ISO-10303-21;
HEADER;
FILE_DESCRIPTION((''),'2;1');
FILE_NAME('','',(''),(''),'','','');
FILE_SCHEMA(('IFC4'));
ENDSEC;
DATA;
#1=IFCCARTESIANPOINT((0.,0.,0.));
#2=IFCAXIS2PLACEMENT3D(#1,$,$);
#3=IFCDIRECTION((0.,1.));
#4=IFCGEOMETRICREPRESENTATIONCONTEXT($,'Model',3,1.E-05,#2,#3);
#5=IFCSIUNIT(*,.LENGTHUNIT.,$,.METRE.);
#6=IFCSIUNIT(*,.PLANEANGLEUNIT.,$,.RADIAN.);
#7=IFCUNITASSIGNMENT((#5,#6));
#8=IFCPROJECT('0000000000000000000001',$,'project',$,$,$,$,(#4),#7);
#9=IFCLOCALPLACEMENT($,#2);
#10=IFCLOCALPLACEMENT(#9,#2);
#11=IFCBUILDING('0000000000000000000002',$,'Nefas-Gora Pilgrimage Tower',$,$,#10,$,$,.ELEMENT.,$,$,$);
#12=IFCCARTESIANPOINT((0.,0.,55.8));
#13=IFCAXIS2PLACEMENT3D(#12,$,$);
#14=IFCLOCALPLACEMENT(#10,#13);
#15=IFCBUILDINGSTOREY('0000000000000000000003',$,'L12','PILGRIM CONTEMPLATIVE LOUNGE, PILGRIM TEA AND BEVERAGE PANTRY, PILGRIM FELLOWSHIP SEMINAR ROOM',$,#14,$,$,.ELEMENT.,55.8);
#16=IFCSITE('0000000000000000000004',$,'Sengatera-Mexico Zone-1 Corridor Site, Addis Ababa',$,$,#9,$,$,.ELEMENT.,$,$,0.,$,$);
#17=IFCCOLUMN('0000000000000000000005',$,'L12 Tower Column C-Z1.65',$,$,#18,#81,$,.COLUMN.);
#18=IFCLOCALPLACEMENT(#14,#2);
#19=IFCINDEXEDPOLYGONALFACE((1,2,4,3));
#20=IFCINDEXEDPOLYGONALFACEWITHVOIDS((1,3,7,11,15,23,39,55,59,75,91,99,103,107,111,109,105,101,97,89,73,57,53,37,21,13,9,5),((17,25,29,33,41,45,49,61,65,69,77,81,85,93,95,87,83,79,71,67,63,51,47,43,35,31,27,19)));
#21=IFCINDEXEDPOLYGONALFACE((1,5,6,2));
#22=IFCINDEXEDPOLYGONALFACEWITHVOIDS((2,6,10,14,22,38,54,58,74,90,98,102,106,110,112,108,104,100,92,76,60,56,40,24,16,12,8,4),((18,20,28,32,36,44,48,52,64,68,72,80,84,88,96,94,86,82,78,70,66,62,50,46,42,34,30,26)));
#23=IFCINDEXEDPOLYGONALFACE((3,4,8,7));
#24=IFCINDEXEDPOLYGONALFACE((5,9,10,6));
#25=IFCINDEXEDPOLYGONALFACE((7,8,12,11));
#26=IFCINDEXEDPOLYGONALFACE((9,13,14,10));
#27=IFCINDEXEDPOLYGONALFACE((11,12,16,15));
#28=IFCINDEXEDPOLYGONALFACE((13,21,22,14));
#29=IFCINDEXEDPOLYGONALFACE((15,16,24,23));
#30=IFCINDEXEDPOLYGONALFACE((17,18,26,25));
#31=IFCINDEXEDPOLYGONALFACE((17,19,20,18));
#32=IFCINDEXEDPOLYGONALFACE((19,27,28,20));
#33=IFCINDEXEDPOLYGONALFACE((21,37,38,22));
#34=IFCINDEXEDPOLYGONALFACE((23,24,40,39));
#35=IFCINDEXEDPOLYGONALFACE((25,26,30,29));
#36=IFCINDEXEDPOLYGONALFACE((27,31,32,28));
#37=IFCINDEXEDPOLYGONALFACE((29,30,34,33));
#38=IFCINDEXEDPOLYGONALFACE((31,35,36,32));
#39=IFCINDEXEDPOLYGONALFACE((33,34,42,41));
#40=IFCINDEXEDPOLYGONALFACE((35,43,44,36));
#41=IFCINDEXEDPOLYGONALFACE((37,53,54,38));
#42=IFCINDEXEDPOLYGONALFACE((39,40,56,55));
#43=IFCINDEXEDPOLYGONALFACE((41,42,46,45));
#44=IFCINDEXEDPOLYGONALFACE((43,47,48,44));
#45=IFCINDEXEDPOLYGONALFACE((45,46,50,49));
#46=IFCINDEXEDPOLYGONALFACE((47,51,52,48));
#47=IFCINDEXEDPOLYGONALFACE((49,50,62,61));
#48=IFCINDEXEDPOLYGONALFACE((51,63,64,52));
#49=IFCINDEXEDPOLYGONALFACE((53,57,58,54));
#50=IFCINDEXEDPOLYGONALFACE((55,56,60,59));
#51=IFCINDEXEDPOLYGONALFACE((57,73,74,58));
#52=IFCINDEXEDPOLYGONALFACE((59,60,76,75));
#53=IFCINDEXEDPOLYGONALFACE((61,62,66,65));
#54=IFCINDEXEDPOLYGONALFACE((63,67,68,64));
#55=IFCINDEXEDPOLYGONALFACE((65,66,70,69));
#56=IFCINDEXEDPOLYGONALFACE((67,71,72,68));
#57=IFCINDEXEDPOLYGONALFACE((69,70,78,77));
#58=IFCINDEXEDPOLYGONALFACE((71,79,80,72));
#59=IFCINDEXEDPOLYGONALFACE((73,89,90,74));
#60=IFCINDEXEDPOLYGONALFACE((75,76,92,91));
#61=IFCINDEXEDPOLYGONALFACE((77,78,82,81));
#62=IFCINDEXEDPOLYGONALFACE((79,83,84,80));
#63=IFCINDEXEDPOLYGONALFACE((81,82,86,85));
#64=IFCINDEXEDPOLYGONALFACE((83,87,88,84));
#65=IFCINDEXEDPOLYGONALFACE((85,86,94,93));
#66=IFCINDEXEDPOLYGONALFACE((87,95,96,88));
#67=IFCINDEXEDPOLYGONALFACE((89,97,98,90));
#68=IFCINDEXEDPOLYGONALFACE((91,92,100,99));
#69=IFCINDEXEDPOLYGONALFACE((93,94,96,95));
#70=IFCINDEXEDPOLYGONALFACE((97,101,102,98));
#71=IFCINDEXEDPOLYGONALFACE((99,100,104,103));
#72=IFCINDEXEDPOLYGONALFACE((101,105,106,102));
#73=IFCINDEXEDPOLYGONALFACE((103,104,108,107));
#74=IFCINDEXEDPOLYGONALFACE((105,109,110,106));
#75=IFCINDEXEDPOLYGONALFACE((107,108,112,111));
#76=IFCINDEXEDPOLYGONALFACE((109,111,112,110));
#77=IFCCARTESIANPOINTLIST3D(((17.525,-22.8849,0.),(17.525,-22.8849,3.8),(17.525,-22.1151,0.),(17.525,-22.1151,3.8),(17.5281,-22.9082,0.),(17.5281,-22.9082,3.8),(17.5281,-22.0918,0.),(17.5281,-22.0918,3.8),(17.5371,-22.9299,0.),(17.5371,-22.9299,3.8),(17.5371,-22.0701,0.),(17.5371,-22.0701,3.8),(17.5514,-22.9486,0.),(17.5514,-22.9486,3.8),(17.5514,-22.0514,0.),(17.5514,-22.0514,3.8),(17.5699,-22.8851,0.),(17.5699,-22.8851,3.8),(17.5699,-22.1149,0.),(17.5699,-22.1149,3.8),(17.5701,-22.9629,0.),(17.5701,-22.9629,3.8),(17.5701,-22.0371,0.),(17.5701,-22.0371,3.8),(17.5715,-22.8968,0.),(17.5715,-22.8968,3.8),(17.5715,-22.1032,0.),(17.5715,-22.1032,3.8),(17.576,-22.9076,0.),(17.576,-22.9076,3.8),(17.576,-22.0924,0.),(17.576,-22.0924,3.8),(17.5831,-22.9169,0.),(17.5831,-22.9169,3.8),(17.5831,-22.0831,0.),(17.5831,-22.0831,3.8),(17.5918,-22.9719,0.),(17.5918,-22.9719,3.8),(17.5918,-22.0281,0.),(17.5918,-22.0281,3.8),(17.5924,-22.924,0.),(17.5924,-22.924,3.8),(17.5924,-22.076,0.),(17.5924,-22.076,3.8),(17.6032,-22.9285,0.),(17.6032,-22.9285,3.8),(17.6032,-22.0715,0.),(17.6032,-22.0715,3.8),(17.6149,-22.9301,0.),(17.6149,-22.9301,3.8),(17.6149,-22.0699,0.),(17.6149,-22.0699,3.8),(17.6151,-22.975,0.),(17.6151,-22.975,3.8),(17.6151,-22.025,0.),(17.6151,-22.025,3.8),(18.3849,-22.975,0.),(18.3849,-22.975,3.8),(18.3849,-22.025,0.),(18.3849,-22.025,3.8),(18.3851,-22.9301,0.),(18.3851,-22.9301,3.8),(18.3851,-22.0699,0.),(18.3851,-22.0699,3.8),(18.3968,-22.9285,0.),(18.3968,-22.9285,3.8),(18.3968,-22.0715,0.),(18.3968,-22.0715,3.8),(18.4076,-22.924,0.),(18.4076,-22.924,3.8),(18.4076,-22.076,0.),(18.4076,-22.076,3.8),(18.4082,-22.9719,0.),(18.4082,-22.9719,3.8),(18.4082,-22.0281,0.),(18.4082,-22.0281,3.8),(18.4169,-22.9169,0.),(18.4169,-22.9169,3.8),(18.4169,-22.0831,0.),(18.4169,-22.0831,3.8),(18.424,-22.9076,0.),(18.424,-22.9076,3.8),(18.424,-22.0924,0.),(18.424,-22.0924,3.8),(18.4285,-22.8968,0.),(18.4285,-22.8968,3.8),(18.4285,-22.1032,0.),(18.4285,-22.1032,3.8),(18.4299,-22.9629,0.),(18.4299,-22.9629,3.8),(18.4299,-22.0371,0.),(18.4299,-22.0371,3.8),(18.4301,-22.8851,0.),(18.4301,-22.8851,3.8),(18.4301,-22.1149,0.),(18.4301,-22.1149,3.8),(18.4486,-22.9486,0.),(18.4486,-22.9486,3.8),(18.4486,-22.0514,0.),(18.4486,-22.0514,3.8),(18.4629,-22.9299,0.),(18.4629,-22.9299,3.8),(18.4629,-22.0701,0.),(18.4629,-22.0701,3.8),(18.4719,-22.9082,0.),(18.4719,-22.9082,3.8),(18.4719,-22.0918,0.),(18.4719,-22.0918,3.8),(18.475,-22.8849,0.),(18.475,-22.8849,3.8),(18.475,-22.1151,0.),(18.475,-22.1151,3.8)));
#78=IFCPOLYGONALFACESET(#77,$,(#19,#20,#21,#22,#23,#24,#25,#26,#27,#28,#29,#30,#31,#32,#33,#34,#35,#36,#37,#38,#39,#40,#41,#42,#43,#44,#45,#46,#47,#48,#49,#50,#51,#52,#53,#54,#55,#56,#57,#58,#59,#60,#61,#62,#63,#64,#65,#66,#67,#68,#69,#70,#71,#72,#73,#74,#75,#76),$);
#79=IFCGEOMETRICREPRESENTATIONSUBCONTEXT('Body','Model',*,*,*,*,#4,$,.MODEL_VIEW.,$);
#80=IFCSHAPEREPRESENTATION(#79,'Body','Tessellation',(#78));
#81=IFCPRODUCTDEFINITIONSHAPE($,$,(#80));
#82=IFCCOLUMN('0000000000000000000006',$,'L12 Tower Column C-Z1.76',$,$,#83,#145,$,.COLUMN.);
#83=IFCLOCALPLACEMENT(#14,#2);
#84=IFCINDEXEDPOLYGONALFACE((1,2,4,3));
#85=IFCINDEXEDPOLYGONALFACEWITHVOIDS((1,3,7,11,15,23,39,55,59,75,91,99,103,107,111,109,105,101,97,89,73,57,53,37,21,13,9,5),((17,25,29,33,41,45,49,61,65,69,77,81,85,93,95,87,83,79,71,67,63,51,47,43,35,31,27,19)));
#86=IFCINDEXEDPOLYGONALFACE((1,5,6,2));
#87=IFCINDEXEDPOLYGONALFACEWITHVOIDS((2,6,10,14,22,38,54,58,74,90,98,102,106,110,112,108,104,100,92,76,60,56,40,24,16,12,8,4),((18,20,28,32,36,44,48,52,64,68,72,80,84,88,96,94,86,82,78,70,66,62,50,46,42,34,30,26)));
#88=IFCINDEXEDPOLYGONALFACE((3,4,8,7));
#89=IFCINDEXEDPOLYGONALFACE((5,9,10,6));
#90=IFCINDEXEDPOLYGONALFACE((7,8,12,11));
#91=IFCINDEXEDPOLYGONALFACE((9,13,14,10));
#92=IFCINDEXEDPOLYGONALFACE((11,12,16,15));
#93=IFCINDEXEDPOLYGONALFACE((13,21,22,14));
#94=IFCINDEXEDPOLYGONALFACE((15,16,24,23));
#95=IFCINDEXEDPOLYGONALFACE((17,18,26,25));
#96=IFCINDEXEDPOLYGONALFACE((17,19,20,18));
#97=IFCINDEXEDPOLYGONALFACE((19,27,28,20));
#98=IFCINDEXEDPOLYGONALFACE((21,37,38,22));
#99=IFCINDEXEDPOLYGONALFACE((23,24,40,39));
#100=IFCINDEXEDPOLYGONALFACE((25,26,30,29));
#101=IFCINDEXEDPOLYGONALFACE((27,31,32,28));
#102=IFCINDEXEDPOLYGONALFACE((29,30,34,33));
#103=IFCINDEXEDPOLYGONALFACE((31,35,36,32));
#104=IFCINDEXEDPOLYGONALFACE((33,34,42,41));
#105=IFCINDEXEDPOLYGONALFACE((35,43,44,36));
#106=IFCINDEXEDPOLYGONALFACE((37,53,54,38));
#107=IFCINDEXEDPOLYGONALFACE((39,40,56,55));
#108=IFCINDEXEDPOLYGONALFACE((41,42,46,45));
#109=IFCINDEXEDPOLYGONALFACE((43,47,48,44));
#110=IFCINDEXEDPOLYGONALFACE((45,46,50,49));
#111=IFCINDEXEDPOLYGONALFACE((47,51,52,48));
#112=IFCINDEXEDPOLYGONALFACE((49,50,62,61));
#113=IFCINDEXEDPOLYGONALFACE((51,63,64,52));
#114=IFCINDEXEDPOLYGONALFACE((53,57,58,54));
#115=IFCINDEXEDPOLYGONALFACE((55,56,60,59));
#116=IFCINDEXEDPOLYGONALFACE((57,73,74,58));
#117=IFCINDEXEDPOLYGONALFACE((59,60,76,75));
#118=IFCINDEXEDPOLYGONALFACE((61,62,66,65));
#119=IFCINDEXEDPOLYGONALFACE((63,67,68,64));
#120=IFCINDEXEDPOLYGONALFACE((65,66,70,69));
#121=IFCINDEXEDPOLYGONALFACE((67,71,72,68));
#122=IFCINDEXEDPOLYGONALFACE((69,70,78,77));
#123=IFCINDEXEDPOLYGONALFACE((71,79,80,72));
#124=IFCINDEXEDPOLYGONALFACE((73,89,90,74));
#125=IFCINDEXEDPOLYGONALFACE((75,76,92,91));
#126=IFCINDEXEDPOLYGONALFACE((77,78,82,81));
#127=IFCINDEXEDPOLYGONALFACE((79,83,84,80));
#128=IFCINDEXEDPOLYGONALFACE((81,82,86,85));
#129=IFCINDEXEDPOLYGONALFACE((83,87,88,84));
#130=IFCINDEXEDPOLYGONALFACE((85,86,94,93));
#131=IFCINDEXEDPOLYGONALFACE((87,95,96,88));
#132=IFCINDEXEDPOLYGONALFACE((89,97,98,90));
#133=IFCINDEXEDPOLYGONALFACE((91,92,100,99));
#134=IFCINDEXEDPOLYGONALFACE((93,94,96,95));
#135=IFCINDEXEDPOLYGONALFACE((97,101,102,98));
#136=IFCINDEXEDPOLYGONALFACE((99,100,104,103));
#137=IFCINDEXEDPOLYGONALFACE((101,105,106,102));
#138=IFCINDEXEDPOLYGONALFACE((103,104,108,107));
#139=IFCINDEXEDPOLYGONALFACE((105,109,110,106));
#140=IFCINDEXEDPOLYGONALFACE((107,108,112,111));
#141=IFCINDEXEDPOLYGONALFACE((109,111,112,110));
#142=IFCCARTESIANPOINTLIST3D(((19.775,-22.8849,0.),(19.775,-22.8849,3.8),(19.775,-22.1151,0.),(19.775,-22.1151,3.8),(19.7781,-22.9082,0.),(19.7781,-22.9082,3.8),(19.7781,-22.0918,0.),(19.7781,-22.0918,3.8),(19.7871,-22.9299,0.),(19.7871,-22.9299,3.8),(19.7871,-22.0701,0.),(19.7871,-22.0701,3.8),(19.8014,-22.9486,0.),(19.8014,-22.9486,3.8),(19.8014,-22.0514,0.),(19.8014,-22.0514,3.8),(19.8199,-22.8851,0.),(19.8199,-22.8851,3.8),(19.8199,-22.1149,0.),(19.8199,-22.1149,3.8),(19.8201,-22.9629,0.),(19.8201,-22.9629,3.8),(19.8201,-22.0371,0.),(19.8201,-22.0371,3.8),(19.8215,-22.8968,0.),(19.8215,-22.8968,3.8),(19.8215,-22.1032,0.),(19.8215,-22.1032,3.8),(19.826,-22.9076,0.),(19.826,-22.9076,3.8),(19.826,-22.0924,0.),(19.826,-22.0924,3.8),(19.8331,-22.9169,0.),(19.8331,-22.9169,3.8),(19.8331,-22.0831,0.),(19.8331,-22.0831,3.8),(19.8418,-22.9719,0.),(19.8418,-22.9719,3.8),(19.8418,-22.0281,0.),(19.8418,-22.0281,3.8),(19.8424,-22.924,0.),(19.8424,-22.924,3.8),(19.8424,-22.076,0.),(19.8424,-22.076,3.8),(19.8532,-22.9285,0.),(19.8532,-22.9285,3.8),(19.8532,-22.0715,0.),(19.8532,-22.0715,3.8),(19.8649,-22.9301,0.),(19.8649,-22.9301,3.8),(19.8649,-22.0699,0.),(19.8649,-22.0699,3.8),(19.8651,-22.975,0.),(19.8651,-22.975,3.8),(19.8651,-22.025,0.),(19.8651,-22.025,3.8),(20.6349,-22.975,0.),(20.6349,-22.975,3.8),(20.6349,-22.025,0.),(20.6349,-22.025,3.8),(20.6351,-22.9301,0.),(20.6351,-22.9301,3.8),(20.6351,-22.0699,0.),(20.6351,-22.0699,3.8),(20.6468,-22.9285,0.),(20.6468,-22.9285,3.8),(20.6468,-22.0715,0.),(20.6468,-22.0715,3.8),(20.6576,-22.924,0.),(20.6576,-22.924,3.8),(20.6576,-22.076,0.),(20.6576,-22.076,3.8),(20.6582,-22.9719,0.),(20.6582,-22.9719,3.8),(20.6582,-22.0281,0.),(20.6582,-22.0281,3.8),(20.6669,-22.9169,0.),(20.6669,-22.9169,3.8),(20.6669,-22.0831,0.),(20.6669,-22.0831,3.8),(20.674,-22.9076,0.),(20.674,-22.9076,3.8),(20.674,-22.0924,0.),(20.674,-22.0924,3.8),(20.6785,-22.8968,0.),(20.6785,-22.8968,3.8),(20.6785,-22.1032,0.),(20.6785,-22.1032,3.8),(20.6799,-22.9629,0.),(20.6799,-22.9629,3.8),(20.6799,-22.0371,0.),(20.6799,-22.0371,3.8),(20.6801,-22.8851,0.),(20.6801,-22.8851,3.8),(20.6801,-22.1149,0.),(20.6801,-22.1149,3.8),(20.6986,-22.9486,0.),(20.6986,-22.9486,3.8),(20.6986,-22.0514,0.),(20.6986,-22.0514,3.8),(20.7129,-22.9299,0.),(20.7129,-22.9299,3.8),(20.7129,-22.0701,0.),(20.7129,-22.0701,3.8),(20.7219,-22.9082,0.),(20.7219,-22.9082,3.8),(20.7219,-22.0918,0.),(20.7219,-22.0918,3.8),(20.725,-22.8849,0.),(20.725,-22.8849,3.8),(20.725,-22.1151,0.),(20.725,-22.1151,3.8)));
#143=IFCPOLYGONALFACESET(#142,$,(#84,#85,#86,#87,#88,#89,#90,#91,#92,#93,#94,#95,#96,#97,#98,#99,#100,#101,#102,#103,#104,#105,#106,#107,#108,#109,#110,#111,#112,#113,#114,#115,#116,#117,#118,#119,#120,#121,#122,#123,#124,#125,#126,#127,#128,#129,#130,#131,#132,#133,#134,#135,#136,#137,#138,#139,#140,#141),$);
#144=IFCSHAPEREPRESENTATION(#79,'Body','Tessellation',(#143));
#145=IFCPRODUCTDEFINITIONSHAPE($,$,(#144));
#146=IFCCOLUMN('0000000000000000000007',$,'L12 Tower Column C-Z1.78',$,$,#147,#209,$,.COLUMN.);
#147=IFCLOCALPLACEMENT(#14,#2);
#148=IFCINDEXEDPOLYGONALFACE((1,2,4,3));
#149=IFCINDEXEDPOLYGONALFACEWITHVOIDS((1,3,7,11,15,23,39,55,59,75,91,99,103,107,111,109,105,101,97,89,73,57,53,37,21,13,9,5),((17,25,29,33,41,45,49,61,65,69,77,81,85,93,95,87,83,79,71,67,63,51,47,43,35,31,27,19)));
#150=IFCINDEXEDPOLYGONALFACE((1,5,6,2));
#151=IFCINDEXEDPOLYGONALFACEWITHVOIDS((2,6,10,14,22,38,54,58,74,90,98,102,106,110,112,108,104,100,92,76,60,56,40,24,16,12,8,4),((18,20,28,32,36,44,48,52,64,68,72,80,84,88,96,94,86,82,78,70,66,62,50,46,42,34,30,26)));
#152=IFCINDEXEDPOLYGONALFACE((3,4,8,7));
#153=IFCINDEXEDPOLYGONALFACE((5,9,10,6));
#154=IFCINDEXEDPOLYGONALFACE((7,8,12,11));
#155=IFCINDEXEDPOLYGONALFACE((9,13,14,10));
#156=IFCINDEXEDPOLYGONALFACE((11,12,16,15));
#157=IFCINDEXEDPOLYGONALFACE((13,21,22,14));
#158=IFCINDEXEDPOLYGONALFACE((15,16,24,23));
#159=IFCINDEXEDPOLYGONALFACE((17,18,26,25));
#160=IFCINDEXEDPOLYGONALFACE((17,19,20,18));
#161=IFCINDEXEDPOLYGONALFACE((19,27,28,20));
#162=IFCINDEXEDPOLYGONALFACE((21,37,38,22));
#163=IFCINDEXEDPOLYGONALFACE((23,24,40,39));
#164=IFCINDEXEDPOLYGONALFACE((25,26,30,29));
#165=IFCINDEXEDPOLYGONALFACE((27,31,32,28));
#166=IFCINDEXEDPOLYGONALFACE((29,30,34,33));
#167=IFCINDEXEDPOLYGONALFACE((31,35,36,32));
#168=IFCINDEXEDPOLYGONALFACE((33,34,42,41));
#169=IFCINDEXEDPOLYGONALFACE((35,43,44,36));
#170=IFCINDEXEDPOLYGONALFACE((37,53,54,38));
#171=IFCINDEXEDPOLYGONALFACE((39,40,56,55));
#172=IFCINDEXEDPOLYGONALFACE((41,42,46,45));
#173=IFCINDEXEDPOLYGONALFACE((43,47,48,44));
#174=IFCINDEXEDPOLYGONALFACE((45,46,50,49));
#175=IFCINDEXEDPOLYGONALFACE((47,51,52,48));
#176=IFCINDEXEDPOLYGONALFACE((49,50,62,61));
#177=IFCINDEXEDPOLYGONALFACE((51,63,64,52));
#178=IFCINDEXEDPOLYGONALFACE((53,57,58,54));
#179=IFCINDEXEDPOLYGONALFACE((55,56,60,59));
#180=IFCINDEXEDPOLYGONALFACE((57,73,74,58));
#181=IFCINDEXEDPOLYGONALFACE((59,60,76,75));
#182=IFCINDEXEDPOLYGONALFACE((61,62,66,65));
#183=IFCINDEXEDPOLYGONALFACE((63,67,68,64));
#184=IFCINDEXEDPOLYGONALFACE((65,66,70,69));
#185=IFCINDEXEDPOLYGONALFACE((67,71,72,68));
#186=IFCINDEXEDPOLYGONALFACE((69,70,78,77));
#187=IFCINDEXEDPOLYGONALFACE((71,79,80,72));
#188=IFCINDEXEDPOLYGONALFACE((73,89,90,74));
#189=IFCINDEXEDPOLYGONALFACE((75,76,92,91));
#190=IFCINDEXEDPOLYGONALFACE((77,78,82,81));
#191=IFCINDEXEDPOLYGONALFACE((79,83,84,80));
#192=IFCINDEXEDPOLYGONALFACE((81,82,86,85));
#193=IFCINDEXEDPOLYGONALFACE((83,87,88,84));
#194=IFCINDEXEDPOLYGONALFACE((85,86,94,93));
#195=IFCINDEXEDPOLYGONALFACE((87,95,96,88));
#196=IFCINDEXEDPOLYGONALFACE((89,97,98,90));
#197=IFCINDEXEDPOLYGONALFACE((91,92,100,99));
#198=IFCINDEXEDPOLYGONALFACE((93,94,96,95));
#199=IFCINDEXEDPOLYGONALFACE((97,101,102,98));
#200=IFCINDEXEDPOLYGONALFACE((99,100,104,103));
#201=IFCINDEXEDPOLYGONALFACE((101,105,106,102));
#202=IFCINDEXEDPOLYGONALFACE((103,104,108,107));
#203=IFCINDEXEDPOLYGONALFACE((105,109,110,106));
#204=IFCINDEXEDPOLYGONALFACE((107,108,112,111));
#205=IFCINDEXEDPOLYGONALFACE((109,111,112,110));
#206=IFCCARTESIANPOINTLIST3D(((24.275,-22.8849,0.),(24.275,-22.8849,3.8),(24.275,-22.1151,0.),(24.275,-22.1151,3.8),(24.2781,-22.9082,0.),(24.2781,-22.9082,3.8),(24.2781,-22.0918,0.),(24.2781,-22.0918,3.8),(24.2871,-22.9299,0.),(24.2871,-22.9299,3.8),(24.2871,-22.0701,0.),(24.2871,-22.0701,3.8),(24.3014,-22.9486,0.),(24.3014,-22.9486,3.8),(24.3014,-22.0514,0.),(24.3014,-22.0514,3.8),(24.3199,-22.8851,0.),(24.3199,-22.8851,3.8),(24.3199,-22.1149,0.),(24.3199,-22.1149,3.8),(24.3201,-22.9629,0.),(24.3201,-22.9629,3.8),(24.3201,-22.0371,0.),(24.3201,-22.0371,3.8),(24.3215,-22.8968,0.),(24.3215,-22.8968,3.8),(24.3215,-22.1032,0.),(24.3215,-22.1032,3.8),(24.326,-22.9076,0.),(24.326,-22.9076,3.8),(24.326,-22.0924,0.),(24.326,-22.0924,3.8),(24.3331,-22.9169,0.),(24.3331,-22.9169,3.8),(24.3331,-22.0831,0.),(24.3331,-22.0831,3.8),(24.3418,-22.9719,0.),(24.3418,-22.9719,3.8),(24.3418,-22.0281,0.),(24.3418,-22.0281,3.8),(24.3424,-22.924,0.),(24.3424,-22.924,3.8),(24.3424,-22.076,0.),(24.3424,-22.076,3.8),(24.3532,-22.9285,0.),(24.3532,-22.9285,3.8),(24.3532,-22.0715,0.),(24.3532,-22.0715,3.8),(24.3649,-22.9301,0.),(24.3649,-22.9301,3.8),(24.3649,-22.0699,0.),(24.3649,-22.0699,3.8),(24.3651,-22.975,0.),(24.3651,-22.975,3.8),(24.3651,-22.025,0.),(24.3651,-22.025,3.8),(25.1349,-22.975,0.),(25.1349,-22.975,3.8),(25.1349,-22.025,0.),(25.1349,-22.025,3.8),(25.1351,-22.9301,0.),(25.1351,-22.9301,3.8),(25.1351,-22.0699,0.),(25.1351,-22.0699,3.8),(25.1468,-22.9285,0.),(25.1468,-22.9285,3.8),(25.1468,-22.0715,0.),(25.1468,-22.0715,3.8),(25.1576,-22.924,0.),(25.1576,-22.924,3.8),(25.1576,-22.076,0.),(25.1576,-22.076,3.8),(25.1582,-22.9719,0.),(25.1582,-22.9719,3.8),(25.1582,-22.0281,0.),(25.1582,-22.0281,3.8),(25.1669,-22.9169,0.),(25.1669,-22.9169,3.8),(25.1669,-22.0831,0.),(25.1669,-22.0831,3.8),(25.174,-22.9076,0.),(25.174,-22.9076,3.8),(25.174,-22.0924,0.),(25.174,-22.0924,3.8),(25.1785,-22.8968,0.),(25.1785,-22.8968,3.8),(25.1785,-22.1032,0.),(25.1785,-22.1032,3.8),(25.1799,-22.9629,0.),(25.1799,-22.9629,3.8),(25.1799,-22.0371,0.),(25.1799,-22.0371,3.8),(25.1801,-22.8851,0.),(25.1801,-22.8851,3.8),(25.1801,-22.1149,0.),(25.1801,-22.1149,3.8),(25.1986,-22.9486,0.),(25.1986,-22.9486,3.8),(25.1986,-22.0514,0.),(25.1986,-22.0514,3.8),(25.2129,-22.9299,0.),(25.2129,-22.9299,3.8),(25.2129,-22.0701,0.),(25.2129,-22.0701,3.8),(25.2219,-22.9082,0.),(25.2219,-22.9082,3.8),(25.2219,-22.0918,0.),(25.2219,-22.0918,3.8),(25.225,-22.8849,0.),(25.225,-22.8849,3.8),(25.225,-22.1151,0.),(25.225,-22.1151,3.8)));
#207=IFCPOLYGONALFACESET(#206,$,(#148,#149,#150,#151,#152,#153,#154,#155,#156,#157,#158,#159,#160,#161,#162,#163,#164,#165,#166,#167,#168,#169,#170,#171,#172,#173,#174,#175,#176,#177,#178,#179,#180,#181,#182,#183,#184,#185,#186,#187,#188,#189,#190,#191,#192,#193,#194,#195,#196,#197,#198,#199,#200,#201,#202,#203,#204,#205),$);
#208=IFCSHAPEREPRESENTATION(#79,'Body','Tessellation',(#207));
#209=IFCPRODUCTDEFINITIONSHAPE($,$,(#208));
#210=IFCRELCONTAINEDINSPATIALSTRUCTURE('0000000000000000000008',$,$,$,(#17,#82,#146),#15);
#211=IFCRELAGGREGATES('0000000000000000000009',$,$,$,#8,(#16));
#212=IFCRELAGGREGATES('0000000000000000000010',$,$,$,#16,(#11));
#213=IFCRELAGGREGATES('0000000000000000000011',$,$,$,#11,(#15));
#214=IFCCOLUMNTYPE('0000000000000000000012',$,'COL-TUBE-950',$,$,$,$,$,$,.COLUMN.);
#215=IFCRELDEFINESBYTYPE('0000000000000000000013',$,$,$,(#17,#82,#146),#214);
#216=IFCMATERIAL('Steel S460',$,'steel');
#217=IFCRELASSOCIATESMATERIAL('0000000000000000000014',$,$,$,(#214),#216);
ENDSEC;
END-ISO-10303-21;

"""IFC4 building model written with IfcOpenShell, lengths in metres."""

from ifc_helpers import new_model, si_unit, direction, frame, origin, origin_2d, place, context, subcontext, project, spatial, hollow_rectangle, extrude, source, transform, mapped, material, material_profile, profile_set, type_object, element, save


model = new_model("IFC4")

# Units and contexts
model_context = context("Model", 3, precision=1e-05, world=origin(), true_north=direction((0.0, 1.0)))
body_context = subcontext(model_context, "Body", "Model", "MODEL_VIEW")
ifc_project = project(units=[si_unit("LENGTHUNIT", "METRE"), si_unit("PLANEANGLEUNIT", "RADIAN")], contexts=[model_context])

# Site, building, storey
site_placement = place(None, origin())
site = spatial("IfcSite", under=ifc_project, at=site_placement, Name="Sengatera-Mexico Zone-1 Corridor Site, Addis Ababa", CompositionType="ELEMENT", RefElevation=0.0)
building_placement = place(site_placement, origin())
building = spatial("IfcBuilding", under=site, at=building_placement, Name="Nefas-Gora Pilgrimage Tower", CompositionType="ELEMENT")
storey_placement = place(building_placement, frame((0.0, 0.0, 55.8)))
storey = spatial("IfcBuildingStorey", under=building, at=storey_placement, Name="L12", Description="PILGRIM CONTEMPLATIVE LOUNGE, PILGRIM TEA AND BEVERAGE PANTRY, PILGRIM FELLOWSHIP SEMINAR ROOM", CompositionType="ELEMENT", Elevation=55.8)

# Columns
ifc_material_1 = material(Name="Steel S460", Category="steel")
ifc_material_profile_1 = material_profile(ifc_material_1, hollow_rectangle(XDim=0.95, YDim=0.95, WallThickness=0.0449, InnerFilletRadius=0.0449, OuterFilletRadius=0.0901, at=origin_2d()), Name="BOX 950x950x45")
ifc_profile_set_1 = profile_set([ifc_material_profile_1], Name="Steel S460")
column_type_1 = type_object("IfcColumnType", Name="COL-TUBE-950", PredefinedType="COLUMN", material=ifc_profile_set_1)
shared_shape_1 = source(origin(), body_context, "Body", "SweptSolid", [
    extrude(hollow_rectangle(XDim=0.95, YDim=0.95, WallThickness=0.0449, InnerFilletRadius=0.0449, OuterFilletRadius=0.0901, at=origin_2d()), origin(), (0.0, 0.0, 1.0), 3.8),
])
for number, where, z_axis, x_axis, name in (
    (1, (18.0, -22.5, 0.0), (0.0, 0.0, 1.0), (1.0, 0.0, 0.0), "L12 Tower Column C-Z1.65"),
    (2, (20.25, -22.5, 0.0), (0.0, 0.0, 1.0), (1.0, 0.0, 0.0), "L12 Tower Column C-Z1.76"),
    (3, (24.75, -22.5, 0.0), (0.0, 0.0, 1.0), (1.0, 0.0, 0.0), "L12 Tower Column C-Z1.78"),
):
    element("IfcColumn", number, at=place(storey_placement, frame(where, z_axis=z_axis, x_axis=x_axis)), inside=storey, type_object=column_type_1, Name=name, PredefinedType="COLUMN", context=body_context, shape_type="MappedRepresentation", body=[
        mapped(shared_shape_1, transform((0.0, 0.0, 0.0), x_axis=(1.0, 0.0, 0.0), y_axis=(0.0, 1.0, 0.0), z_axis=(0.0, 0.0, 1.0), scale=1.0)),
    ])

save(model, "model.ifc")
